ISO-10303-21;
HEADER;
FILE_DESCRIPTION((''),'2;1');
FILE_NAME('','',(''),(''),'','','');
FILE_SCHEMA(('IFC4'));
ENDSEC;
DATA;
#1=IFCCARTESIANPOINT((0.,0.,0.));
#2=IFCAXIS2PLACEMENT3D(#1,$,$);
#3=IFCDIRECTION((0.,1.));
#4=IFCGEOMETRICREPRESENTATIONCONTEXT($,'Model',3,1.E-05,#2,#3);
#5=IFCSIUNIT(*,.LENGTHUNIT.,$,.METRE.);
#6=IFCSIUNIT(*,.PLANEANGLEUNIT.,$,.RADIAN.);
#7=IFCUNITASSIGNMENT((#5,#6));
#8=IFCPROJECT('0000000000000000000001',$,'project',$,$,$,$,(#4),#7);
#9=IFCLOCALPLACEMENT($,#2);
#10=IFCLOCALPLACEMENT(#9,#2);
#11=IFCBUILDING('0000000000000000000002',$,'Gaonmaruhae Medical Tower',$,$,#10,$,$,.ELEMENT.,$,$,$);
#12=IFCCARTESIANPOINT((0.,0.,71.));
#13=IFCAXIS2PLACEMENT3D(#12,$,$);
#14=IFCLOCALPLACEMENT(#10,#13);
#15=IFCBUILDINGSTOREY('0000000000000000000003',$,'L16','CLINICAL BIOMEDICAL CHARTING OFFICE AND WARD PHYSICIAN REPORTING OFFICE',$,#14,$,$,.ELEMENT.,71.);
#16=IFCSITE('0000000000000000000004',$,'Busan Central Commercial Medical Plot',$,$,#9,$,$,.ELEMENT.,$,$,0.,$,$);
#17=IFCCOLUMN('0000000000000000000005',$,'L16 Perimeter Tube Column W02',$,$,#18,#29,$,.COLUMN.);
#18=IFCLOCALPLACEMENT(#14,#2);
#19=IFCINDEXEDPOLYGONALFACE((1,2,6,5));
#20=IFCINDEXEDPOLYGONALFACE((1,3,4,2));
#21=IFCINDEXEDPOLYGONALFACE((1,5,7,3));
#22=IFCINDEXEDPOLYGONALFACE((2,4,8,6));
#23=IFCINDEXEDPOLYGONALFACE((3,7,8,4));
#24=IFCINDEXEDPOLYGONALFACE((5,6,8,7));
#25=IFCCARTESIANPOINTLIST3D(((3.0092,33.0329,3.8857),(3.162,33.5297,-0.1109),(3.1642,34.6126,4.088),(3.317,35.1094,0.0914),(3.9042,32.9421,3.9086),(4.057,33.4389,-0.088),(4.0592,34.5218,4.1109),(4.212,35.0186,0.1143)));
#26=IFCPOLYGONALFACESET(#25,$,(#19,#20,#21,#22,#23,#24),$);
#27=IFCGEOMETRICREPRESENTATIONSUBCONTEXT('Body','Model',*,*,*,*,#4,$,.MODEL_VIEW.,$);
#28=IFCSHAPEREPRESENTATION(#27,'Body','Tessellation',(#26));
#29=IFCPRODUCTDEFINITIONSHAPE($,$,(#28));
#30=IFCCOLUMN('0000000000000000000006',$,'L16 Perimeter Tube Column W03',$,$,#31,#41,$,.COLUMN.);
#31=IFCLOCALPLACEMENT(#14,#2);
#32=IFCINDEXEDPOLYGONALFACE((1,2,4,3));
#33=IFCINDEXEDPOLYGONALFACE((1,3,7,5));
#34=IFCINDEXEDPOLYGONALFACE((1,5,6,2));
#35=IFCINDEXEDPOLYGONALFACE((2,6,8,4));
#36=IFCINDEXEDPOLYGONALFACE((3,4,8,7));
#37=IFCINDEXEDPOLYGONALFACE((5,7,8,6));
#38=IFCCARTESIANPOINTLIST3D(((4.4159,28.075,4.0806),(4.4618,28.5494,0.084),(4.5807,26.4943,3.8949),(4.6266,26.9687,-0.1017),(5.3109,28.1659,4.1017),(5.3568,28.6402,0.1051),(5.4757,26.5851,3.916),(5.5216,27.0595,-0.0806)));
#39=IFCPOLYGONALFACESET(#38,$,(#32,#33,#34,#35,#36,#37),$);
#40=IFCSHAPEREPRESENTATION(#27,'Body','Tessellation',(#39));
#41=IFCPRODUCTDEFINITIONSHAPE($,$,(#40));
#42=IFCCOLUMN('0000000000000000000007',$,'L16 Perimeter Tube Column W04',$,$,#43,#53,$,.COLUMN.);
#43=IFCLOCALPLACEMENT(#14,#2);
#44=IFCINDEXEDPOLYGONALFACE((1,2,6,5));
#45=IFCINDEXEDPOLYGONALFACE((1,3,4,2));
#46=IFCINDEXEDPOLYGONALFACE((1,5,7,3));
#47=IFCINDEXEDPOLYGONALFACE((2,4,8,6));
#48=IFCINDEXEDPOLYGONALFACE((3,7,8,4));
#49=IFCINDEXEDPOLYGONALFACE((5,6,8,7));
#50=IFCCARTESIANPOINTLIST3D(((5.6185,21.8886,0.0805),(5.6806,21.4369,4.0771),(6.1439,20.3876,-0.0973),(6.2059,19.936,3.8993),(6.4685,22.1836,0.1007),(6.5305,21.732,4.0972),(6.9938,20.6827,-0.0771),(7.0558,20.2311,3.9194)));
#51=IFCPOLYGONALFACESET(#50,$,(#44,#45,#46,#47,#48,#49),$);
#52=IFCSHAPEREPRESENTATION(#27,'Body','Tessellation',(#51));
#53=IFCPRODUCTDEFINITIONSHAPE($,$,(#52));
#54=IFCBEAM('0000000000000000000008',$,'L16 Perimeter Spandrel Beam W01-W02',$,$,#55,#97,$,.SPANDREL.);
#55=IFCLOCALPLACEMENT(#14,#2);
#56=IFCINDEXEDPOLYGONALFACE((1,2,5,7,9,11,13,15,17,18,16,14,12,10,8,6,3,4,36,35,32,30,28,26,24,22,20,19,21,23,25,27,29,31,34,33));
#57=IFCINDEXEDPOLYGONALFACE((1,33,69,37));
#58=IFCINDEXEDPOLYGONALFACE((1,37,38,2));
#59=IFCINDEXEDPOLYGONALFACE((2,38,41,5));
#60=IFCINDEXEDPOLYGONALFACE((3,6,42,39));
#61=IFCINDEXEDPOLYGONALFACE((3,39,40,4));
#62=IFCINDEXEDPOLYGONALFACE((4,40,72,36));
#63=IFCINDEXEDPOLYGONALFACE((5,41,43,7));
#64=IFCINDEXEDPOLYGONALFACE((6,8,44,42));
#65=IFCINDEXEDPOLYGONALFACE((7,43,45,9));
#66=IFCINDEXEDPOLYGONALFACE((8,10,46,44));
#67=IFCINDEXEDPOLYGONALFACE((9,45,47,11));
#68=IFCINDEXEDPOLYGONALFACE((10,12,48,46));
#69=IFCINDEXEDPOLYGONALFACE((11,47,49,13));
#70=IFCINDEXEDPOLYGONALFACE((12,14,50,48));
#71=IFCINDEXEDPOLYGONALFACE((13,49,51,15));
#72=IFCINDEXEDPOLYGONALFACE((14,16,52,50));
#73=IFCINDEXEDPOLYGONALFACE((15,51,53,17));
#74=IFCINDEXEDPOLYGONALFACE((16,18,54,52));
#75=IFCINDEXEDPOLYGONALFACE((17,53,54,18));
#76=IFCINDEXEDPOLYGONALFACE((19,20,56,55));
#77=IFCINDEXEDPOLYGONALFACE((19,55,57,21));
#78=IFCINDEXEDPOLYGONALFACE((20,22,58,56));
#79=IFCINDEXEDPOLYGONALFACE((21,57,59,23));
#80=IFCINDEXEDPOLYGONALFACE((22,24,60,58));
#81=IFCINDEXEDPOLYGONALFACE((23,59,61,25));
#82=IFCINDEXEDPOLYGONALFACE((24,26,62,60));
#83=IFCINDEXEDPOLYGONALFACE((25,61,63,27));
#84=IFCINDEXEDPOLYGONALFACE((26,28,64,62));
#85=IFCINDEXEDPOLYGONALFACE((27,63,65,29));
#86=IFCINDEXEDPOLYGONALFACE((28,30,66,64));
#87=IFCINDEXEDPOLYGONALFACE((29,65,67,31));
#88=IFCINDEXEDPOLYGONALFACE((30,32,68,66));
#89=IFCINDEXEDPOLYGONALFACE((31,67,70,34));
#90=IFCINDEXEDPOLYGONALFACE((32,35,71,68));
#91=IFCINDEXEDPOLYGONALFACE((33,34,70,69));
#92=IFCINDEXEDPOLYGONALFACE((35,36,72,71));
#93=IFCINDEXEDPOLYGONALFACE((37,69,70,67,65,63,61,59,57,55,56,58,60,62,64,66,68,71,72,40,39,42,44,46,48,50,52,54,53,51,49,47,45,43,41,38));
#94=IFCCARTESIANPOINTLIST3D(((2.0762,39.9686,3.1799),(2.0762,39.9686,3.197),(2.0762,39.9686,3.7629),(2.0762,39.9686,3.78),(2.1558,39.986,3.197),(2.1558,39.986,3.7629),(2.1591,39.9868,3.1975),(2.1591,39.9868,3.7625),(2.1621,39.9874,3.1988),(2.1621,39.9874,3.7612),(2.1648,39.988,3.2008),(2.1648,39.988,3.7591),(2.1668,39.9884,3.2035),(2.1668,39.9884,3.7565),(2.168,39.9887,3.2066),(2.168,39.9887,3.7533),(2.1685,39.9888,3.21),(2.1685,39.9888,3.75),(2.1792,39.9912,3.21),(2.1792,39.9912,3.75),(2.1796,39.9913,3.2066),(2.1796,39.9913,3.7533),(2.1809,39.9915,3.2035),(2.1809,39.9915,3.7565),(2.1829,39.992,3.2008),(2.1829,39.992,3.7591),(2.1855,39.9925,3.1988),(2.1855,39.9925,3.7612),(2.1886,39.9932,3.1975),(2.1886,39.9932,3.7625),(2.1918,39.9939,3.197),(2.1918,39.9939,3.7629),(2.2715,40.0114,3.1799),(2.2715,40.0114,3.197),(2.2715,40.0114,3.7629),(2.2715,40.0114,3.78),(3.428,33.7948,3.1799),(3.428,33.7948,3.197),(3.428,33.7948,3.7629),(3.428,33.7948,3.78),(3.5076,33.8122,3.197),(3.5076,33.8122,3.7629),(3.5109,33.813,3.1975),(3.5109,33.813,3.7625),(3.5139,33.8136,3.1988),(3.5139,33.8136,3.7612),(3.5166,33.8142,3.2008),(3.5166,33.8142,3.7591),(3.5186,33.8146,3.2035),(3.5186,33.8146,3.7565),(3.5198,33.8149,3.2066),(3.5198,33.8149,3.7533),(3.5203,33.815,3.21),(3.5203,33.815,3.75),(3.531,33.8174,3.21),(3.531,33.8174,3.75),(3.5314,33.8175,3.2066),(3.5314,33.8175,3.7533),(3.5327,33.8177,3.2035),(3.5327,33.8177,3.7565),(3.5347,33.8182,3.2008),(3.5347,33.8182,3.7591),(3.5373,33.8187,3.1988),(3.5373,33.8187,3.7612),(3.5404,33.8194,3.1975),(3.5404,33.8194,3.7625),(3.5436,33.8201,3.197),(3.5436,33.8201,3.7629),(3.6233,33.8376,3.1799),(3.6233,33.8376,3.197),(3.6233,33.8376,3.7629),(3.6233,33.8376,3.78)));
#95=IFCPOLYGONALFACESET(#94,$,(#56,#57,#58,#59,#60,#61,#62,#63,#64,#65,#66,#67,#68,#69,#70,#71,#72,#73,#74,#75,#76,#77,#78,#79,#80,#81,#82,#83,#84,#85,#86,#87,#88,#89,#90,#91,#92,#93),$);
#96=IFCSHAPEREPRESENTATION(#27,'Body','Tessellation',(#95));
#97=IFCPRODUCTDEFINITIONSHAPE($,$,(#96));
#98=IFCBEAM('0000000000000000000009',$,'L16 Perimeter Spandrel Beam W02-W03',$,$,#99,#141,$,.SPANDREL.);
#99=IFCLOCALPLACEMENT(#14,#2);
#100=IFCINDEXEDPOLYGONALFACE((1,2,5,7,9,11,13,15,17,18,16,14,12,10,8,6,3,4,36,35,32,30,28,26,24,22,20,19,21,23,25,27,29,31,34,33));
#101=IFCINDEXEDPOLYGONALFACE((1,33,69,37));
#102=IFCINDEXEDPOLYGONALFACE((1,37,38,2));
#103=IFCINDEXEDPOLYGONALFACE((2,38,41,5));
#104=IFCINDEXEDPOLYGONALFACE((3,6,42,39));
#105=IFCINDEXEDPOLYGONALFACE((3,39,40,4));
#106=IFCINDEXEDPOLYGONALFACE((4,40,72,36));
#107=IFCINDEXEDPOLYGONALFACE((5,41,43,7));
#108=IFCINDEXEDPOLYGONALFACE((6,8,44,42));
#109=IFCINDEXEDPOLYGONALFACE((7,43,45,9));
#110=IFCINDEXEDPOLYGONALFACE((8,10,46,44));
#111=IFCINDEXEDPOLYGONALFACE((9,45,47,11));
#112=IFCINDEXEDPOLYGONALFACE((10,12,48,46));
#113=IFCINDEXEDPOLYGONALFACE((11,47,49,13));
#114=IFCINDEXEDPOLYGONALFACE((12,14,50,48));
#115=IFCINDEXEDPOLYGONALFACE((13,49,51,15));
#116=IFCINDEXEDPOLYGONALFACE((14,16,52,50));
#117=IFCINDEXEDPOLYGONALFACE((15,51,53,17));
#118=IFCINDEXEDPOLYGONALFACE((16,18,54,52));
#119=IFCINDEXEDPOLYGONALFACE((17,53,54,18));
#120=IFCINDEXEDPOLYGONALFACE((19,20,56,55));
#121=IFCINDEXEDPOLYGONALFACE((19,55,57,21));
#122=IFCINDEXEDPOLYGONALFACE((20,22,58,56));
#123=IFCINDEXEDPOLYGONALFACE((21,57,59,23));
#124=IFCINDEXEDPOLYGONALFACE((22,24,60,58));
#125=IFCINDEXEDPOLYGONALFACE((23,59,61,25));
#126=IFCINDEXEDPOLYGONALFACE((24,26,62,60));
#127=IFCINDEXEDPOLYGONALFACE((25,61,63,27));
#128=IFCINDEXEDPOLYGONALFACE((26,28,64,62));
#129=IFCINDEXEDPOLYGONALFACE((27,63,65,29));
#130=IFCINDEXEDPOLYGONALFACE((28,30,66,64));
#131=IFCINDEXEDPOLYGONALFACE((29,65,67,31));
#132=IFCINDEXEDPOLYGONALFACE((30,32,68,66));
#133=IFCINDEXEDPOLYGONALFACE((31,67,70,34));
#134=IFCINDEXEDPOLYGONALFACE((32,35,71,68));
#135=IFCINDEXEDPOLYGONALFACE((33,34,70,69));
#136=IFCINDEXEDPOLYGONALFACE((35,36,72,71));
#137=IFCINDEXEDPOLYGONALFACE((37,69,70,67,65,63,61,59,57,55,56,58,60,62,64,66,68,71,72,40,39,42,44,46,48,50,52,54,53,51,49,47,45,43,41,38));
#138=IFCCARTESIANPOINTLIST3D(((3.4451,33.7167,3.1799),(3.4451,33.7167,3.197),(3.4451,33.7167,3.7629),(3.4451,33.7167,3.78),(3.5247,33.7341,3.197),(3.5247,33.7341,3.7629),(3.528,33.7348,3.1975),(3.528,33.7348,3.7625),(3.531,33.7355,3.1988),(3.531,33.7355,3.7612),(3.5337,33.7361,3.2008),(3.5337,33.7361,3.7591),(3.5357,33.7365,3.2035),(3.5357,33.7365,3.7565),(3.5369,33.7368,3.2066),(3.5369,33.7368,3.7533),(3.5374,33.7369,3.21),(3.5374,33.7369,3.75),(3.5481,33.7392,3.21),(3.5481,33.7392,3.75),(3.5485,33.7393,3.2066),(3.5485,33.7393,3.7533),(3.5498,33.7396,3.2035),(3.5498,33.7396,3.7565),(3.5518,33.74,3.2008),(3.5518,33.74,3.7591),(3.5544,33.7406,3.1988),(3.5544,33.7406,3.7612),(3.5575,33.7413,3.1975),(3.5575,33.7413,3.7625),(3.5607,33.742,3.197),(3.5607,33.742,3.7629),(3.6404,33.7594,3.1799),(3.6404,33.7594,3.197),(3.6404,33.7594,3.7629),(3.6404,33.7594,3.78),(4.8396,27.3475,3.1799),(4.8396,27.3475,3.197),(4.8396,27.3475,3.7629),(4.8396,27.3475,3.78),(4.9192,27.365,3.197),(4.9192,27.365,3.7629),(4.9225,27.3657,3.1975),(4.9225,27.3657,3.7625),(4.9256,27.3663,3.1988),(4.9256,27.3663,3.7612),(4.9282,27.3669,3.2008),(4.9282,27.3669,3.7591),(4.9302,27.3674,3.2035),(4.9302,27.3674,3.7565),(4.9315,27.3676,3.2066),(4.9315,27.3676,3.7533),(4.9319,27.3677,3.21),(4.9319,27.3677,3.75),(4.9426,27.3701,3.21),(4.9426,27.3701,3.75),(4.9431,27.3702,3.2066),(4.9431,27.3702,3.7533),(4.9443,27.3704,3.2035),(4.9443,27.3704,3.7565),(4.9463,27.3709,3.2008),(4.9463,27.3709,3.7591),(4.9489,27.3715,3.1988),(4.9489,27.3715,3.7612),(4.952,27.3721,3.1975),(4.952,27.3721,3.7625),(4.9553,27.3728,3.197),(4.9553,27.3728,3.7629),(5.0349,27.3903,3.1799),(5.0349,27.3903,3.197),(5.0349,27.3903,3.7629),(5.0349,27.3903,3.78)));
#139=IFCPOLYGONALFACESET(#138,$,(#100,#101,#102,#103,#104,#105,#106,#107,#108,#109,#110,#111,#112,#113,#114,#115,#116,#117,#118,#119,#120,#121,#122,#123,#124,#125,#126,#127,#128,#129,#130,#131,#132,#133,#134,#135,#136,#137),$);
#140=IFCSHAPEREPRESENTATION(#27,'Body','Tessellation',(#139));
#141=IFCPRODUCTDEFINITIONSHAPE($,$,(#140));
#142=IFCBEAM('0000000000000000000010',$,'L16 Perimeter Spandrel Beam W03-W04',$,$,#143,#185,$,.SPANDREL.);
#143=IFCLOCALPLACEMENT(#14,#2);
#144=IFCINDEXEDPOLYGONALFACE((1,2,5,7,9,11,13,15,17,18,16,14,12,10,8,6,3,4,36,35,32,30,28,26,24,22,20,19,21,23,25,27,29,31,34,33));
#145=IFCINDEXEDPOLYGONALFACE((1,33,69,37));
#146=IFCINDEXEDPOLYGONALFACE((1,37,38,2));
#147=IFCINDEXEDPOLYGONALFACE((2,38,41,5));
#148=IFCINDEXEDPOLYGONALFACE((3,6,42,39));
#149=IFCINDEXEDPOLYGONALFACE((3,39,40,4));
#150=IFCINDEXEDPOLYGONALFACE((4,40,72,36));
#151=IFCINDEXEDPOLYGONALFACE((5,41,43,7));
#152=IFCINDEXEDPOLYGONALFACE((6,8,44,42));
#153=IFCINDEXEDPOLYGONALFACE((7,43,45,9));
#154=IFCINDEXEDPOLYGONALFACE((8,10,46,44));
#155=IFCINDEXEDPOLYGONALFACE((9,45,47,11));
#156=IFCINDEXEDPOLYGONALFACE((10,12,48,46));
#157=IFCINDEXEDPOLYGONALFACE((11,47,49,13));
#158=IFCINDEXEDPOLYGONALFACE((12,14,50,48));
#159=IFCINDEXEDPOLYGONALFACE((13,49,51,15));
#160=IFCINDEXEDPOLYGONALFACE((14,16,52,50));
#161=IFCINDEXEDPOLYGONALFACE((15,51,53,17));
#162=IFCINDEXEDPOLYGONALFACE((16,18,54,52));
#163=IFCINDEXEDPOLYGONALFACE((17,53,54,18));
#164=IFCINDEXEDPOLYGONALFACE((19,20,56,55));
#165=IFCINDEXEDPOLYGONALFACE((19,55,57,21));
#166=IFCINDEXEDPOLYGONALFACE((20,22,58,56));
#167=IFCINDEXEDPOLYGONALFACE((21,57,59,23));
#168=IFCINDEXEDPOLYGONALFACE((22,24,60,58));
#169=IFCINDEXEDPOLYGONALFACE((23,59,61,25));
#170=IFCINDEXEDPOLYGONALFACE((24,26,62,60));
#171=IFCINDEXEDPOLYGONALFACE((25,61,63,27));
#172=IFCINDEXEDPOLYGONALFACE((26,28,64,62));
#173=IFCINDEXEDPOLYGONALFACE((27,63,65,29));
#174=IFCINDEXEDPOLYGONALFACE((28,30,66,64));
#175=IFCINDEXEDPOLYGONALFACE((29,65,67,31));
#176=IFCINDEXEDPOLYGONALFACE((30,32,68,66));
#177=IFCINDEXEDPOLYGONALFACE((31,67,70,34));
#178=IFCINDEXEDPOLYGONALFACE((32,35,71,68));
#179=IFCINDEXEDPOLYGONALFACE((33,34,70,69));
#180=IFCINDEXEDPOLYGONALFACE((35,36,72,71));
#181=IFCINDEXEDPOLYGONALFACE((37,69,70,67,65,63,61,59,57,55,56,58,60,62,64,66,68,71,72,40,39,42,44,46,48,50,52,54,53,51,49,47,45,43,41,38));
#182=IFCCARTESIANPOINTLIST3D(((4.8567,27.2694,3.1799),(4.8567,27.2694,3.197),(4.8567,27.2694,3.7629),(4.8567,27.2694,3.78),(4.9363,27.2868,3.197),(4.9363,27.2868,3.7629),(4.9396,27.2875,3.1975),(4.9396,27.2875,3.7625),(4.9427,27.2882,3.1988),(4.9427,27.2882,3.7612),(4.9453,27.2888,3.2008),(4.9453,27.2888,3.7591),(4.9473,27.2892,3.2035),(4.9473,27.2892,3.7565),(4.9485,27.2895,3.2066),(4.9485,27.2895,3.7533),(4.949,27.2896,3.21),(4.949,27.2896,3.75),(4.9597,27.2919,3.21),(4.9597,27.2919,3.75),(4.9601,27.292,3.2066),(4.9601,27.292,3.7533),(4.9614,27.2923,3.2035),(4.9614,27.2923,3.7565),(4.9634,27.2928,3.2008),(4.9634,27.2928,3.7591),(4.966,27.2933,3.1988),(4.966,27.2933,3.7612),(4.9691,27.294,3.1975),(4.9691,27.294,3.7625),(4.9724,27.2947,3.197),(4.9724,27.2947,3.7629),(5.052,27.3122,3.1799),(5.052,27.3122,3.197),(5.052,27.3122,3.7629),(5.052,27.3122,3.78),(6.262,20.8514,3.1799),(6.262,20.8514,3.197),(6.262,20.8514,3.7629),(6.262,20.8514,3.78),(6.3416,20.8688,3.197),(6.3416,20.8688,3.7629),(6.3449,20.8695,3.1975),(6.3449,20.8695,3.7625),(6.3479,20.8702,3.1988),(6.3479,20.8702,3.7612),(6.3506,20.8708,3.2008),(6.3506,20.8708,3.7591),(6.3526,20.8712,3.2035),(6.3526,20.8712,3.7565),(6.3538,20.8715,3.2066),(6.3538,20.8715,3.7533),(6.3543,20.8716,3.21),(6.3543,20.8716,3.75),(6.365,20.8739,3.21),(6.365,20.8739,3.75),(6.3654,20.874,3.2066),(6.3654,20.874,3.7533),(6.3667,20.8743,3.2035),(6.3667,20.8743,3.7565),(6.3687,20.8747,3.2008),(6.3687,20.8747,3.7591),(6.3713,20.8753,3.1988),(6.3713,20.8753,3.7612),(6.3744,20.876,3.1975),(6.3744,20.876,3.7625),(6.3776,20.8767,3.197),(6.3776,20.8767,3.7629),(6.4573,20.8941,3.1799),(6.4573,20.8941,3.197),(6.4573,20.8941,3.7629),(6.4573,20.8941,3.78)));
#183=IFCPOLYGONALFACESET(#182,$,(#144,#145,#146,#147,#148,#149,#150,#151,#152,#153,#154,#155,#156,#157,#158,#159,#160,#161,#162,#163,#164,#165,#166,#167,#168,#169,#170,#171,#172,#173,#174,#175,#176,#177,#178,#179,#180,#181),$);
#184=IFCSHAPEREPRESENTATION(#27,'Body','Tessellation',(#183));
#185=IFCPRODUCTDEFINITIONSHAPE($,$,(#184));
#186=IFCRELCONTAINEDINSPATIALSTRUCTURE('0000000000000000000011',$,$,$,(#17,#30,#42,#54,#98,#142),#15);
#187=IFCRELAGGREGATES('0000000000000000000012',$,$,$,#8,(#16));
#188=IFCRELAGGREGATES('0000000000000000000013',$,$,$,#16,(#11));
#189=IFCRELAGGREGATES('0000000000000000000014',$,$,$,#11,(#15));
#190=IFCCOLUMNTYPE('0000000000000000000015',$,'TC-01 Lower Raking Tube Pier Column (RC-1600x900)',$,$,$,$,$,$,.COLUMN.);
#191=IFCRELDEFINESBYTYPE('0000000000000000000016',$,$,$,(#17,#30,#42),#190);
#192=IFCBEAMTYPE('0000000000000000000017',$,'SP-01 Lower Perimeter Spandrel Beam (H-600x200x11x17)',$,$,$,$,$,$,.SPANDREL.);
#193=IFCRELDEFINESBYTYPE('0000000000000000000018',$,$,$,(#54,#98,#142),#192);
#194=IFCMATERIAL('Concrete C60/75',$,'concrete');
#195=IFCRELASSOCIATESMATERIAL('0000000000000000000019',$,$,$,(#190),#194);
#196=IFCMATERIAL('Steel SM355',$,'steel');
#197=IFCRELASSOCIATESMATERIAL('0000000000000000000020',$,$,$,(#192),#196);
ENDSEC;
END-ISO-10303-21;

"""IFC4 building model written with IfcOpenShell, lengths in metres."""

from ifc_helpers import new_model, si_unit, direction, frame, origin, origin_2d, place, context, subcontext, project, spatial, rectangle, i_section, extrude, material, material_profile, profile_set, type_object, element, save


model = new_model("IFC4")

# Units and contexts
model_context = context("Model", 3, precision=1e-05, world=origin(), true_north=direction((0.0, 1.0)))
body_context = subcontext(model_context, "Body", "Model", "MODEL_VIEW")
ifc_project = project(units=[si_unit("LENGTHUNIT", "METRE"), si_unit("PLANEANGLEUNIT", "RADIAN")], contexts=[model_context])

# Site, building, storey
site_placement = place(None, origin())
site = spatial("IfcSite", under=ifc_project, at=site_placement, Name="Busan Central Commercial Medical Plot", CompositionType="ELEMENT", RefElevation=0.0)
building_placement = place(site_placement, origin())
building = spatial("IfcBuilding", under=site, at=building_placement, Name="Gaonmaruhae Medical Tower", CompositionType="ELEMENT")
storey_placement = place(building_placement, frame((0.0, 0.0, 71.0)))
storey = spatial("IfcBuildingStorey", under=building, at=storey_placement, Name="L16", Description="CLINICAL BIOMEDICAL CHARTING OFFICE AND WARD PHYSICIAN REPORTING OFFICE", CompositionType="ELEMENT", Elevation=71.0)

# Columns
ifc_material_1 = material(Name="Concrete C60/75", Category="concrete")
ifc_material_profile_1 = material_profile(ifc_material_1, rectangle(XDim=1.6001, YDim=0.8999, at=origin_2d()), Name="RC-1600x900")
ifc_profile_set_1 = profile_set([ifc_material_profile_1], Name="Concrete C60/75")
column_type = type_object("IfcColumnType", Name="TC-01 Lower Raking Tube Pier Column (RC-1600x900)", PredefinedType="COLUMN", material=ifc_profile_set_1)
column_1_placement = place(storey_placement, frame((3.687, 34.2742, 0.0017), z_axis=(-0.037921, -0.123274, 0.991648), x_axis=(0.096891, 0.987232, 0.126431)))
element("IfcColumn", 1, at=column_1_placement, inside=storey, type_object=column_type, Name="L16 Perimeter Tube Column W02", PredefinedType="COLUMN", context=body_context, shape_type="SweptSolid", body=[
    extrude(rectangle(XDim=1.6001, YDim=0.8999, at=origin_2d()), origin(), (0.0, 0.0, 1.0), 4.0303),
])
column_2_placement = place(storey_placement, frame((4.9917, 27.8044, 0.0017), z_axis=(-0.011404, -0.117858, 0.992965), x_axis=(-0.102995, 0.987886, 0.116072)))
element("IfcColumn", 2, at=column_2_placement, inside=storey, type_object=column_type, Name="L16 Perimeter Tube Column W03", PredefinedType="COLUMN", context=body_context, shape_type="SweptSolid", body=[
    extrude(rectangle(XDim=1.6001, YDim=0.8999, at=origin_2d()), origin(), (0.0, 0.0, 1.0), 4.0249),
])
column_3_placement = place(storey_placement, frame((6.3062, 21.2856, 0.0017), z_axis=(0.015416, -0.112283, 0.993557), x_axis=(-0.328299, 0.938017, 0.111101)))
element("IfcColumn", 3, at=column_3_placement, inside=storey, type_object=column_type, Name="L16 Perimeter Tube Column W04", PredefinedType="COLUMN", context=body_context, shape_type="SweptSolid", body=[
    extrude(rectangle(XDim=1.6001, YDim=0.8999, at=origin_2d()), origin(), (0.0, 0.0, 1.0), 4.0225),
])

# Beams
ifc_material_2 = material(Name="Steel SM355", Category="steel")
ifc_material_profile_2 = material_profile(ifc_material_2, i_section(OverallWidth=0.2, OverallDepth=0.6001, WebThickness=0.011, FlangeThickness=0.0171, FilletRadius=0.0129, at=origin_2d()), Name="H-600x200x11x17")
ifc_profile_set_2 = profile_set([ifc_material_profile_2], Name="Steel SM355")
beam_type = type_object("IfcBeamType", Name="SP-01 Lower Perimeter Spandrel Beam (H-600x200x11x17)", PredefinedType="SPANDREL", material=ifc_profile_set_2)
beam_1_placement = place(storey_placement, frame((2.1738, 39.99, 3.48), z_axis=(0.21389, -0.976858, 0.0), x_axis=(0.976858, 0.21389, 0.0)))
element("IfcBeam", 4, at=beam_1_placement, inside=storey, type_object=beam_type, Name="L16 Perimeter Spandrel Beam W01-W02", PredefinedType="SPANDREL", context=body_context, shape_type="SweptSolid", body=[
    extrude(i_section(OverallWidth=0.2, OverallDepth=0.6001, WebThickness=0.011, FlangeThickness=0.0171, FilletRadius=0.0129, at=origin_2d()), origin(), (0.0, 0.0, 1.0), 6.3201),
])
beam_2_placement = place(storey_placement, frame((3.5427, 33.738, 3.48), z_axis=(0.213884, -0.976859, 0.0), x_axis=(0.976859, 0.213884, 0.0)))
element("IfcBeam", 5, at=beam_2_placement, inside=storey, type_object=beam_type, Name="L16 Perimeter Spandrel Beam W02-W03", PredefinedType="SPANDREL", context=body_context, shape_type="SweptSolid", body=[
    extrude(i_section(OverallWidth=0.2, OverallDepth=0.6001, WebThickness=0.011, FlangeThickness=0.0171, FilletRadius=0.0129, at=origin_2d()), origin(), (0.0, 0.0, 1.0), 6.52),
])
beam_3_placement = place(storey_placement, frame((4.9543, 27.2908, 3.48), z_axis=(0.213892, -0.976857, 0.0), x_axis=(0.976857, 0.213892, 0.0)))
element("IfcBeam", 6, at=beam_3_placement, inside=storey, type_object=beam_type, Name="L16 Perimeter Spandrel Beam W03-W04", PredefinedType="SPANDREL", context=body_context, shape_type="SweptSolid", body=[
    extrude(i_section(OverallWidth=0.2, OverallDepth=0.6001, WebThickness=0.011, FlangeThickness=0.0171, FilletRadius=0.0129, at=origin_2d()), origin(), (0.0, 0.0, 1.0), 6.5701),
])

save(model, "model.ifc")
